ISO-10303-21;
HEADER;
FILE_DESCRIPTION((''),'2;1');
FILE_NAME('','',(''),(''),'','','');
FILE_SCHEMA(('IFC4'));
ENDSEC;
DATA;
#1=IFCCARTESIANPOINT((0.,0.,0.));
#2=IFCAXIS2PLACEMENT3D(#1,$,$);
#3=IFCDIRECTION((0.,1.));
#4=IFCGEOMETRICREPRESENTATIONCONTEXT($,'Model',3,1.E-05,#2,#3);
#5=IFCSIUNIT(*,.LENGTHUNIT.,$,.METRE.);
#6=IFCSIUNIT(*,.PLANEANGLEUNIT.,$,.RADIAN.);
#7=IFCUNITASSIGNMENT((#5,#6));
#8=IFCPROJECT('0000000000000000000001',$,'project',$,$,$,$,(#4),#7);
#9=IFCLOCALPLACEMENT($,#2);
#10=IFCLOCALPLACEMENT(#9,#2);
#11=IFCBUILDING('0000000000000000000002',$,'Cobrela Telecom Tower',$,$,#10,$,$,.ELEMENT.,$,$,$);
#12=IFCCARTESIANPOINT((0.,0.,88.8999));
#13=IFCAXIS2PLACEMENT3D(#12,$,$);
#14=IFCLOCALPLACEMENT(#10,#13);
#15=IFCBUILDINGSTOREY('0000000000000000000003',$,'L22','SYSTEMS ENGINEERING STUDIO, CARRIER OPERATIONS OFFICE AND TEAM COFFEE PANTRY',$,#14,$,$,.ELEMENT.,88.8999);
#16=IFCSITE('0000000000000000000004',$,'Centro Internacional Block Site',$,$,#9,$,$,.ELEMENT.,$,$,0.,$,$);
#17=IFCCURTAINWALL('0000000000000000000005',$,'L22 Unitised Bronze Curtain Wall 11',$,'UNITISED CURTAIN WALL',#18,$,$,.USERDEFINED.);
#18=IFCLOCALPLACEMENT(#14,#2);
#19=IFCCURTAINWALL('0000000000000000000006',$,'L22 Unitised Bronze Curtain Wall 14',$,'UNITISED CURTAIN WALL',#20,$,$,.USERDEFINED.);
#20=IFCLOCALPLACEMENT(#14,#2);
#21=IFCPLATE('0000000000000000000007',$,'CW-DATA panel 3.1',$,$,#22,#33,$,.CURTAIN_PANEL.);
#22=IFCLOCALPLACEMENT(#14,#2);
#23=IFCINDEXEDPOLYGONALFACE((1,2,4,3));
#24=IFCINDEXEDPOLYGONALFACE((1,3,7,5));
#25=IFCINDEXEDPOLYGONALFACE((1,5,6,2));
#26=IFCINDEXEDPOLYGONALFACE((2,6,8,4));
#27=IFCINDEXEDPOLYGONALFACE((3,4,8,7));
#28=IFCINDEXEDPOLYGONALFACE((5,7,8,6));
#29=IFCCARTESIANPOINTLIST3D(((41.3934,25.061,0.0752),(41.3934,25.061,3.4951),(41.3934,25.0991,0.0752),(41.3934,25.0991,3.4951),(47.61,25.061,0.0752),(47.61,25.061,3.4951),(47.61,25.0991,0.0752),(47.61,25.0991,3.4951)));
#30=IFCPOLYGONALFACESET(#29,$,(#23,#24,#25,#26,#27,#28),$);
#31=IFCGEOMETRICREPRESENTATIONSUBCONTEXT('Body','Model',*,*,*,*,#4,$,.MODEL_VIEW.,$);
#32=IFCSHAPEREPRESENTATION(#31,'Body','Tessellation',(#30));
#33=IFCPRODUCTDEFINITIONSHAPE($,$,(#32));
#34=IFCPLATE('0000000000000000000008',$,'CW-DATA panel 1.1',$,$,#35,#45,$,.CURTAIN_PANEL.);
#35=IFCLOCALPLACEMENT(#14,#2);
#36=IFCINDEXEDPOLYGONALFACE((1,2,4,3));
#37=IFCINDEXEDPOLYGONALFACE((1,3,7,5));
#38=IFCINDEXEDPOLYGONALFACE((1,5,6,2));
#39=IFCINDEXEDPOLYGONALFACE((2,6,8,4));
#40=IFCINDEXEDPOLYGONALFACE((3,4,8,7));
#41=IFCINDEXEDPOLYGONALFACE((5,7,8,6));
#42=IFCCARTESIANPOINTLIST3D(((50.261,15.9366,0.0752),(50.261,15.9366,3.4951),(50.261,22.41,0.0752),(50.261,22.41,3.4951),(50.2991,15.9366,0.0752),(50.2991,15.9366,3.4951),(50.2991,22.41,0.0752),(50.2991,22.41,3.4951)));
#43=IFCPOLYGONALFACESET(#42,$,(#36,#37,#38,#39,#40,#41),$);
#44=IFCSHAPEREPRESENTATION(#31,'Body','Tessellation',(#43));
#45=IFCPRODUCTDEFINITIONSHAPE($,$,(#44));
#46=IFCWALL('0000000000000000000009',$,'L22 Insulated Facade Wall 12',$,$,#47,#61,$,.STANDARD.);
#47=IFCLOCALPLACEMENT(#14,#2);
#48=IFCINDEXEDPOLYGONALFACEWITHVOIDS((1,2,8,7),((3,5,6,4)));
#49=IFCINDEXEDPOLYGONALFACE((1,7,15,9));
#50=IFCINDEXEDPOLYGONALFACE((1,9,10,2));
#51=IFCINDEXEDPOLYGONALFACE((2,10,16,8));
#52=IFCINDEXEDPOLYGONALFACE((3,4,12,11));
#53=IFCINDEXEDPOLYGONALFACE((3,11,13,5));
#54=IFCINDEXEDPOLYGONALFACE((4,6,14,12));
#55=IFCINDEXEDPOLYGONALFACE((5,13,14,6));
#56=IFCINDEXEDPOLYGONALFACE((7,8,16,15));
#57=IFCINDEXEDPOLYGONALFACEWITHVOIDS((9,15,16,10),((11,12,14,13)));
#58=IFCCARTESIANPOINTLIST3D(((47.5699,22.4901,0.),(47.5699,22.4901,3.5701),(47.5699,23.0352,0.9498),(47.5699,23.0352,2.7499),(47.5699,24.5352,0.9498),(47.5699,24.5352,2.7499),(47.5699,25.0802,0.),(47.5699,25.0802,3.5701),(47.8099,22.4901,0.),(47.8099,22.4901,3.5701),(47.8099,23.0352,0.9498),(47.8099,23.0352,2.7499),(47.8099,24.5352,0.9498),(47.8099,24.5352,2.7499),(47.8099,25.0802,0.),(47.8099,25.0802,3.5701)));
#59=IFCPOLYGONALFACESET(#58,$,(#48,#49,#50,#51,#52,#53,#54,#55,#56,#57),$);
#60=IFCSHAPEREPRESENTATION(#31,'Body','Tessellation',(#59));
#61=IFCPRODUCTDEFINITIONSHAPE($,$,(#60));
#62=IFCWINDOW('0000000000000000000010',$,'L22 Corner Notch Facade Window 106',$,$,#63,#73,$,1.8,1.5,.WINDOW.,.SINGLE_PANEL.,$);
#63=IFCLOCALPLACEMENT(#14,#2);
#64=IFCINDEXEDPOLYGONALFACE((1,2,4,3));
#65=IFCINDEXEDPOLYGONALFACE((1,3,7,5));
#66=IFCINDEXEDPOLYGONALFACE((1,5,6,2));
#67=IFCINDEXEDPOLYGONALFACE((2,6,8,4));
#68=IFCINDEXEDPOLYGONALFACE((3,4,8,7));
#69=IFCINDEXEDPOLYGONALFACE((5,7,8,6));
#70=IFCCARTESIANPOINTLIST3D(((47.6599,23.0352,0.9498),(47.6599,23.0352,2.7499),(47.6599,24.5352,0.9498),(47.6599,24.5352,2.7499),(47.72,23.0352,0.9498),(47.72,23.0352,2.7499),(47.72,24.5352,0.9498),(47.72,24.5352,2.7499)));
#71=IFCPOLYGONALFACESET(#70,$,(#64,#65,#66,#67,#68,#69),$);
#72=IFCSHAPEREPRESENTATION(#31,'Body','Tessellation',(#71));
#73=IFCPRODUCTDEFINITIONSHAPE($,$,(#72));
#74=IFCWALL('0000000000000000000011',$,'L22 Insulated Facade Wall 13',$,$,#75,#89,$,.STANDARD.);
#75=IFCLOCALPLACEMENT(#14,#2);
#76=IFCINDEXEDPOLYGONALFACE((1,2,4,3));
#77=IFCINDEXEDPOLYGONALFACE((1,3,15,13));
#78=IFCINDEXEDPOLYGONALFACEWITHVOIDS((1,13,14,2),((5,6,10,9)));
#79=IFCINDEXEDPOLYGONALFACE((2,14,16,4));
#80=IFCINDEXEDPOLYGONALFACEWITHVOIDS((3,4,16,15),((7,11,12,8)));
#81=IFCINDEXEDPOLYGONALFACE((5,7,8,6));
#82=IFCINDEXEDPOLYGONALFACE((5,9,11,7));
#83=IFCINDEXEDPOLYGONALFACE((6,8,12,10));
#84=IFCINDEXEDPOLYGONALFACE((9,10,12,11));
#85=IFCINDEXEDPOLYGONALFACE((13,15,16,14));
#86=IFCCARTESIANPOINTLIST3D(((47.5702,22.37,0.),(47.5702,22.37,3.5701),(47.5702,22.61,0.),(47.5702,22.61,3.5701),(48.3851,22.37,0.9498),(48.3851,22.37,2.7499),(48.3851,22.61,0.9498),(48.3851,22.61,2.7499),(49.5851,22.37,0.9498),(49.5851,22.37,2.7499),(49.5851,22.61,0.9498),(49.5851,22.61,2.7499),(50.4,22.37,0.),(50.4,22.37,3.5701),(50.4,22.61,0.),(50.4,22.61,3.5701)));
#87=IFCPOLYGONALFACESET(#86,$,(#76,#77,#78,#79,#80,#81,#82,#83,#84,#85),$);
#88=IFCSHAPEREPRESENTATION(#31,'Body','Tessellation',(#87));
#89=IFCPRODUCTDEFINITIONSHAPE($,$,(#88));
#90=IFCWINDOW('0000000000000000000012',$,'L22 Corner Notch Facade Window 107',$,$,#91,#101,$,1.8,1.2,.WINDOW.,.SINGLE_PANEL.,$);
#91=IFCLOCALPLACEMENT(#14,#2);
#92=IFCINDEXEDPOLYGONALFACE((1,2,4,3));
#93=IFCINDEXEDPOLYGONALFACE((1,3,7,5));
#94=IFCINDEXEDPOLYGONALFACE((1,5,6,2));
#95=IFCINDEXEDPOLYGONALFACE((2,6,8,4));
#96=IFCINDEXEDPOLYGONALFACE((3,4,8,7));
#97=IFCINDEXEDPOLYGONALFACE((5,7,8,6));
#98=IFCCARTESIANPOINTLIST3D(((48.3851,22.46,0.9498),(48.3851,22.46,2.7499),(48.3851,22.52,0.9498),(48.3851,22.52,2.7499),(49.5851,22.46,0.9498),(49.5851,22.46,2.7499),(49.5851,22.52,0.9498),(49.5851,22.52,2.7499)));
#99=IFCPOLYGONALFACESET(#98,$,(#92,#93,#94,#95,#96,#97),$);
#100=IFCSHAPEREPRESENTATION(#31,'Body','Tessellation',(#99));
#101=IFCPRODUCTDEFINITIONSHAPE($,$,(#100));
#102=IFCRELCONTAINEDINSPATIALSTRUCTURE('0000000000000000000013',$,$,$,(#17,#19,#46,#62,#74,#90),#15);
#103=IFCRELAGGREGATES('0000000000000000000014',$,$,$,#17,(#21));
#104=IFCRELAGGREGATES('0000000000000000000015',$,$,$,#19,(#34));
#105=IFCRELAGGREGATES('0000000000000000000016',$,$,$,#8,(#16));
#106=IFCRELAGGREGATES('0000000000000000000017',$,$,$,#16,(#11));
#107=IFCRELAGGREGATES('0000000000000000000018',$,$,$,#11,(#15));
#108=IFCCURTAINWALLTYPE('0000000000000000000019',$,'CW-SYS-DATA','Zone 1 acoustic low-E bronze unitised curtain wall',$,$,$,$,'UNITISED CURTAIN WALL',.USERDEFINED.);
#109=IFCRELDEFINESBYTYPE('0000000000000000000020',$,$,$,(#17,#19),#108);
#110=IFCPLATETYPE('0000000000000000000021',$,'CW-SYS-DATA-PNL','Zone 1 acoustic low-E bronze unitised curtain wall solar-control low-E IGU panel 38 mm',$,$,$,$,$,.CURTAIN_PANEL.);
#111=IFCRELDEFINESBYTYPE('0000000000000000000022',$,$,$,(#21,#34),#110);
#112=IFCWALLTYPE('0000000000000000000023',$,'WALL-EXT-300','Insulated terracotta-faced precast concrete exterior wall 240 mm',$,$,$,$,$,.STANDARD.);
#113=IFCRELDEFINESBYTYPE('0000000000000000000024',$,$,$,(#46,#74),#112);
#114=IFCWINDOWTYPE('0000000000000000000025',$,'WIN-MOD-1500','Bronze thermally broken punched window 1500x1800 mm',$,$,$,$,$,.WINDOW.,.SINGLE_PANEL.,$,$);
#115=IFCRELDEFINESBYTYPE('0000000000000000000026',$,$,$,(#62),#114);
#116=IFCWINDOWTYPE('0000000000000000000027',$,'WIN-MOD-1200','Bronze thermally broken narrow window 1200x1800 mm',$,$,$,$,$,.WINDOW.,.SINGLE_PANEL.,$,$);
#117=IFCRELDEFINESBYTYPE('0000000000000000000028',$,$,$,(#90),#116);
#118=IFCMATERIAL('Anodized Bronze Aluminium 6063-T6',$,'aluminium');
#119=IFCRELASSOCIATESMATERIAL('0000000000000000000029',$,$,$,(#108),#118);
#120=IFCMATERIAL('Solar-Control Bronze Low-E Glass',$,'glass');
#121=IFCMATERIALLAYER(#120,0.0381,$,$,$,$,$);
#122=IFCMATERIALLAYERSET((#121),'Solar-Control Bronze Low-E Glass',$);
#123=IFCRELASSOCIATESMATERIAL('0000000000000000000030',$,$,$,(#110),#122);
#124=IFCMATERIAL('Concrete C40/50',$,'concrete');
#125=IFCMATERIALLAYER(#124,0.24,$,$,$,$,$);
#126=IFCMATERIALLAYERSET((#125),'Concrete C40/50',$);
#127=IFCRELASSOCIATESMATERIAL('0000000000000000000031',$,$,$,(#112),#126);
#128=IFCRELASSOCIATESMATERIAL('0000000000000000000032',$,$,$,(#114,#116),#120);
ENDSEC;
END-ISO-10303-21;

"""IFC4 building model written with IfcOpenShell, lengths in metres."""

from ifc_helpers import new_model, si_unit, direction, frame, frame_2d, origin, origin_2d, place, context, subcontext, project, spatial, rectangle, extrude, material, layer, layer_set, type_object, element, fill, aggregate, save


model = new_model("IFC4")

# Units and contexts
model_context = context("Model", 3, precision=1e-05, world=origin(), true_north=direction((0.0, 1.0)))
body_context = subcontext(model_context, "Body", "Model", "MODEL_VIEW")
ifc_project = project(units=[si_unit("LENGTHUNIT", "METRE"), si_unit("PLANEANGLEUNIT", "RADIAN")], contexts=[model_context])

# Site, building, storey
site_placement = place(None, origin())
site = spatial("IfcSite", under=ifc_project, at=site_placement, Name="Centro Internacional Block Site", CompositionType="ELEMENT", RefElevation=0.0)
building_placement = place(site_placement, origin())
building = spatial("IfcBuilding", under=site, at=building_placement, Name="Cobrela Telecom Tower", CompositionType="ELEMENT")
storey_placement = place(building_placement, frame((0.0, 0.0, 88.8999)))
storey = spatial("IfcBuildingStorey", under=building, at=storey_placement, Name="L22", Description="SYSTEMS ENGINEERING STUDIO, CARRIER OPERATIONS OFFICE AND TEAM COFFEE PANTRY", CompositionType="ELEMENT", Elevation=88.8999)

# Curtain wall
ifc_material_1 = material(Name="Anodized Bronze Aluminium 6063-T6", Category="aluminium")
curtain_wall_type = type_object("IfcCurtainWallType", Name="CW-SYS-DATA", Description="Zone 1 acoustic low-E bronze unitised curtain wall", ElementType="UNITISED CURTAIN WALL", PredefinedType="USERDEFINED", material=ifc_material_1)
curtain_wall_1_placement = place(storey_placement, origin())
curtain_wall_1 = element("IfcCurtainWall", 1, at=curtain_wall_1_placement, inside=storey, type_object=curtain_wall_type, Name="L22 Unitised Bronze Curtain Wall 11", ObjectType="UNITISED CURTAIN WALL", PredefinedType="USERDEFINED")

# Curtain wall
curtain_wall_2_placement = place(storey_placement, origin())
curtain_wall_2 = element("IfcCurtainWall", 2, at=curtain_wall_2_placement, inside=storey, type_object=curtain_wall_type, Name="L22 Unitised Bronze Curtain Wall 14", ObjectType="UNITISED CURTAIN WALL", PredefinedType="USERDEFINED")

# Plates
ifc_material_2 = material(Name="Solar-Control Bronze Low-E Glass", Category="glass")
ifc_layer_1 = layer(ifc_material_2, 0.0381)
ifc_layer_set_1 = layer_set([ifc_layer_1], Name="Solar-Control Bronze Low-E Glass")
plate_type = type_object("IfcPlateType", Name="CW-SYS-DATA-PNL", Description="Zone 1 acoustic low-E bronze unitised curtain wall solar-control low-E IGU panel 38 mm", PredefinedType="CURTAIN_PANEL", material=ifc_layer_set_1)
plate_1_placement = place(storey_placement, frame((44.5017, 25.0801, 0.0752), z_axis=(0.0, 0.0, 1.0), x_axis=(1.0, 0.0, 0.0)))
plate_1 = element("IfcPlate", 3, at=plate_1_placement, type_object=plate_type, Name="CW-DATA panel 3.1", PredefinedType="CURTAIN_PANEL", context=body_context, shape_type="SweptSolid", body=[
    extrude(rectangle(XDim=6.2166, YDim=0.0381, at=origin_2d()), origin(), (0.0, 0.0, 1.0), 3.4199),
])
aggregate(curtain_wall_1, [plate_1])
plate_2_placement = place(storey_placement, frame((50.28, 19.1733, 0.0752), z_axis=(0.0, 0.0, 1.0), x_axis=(0.0, -1.0, 0.0)))
plate_2 = element("IfcPlate", 4, at=plate_2_placement, type_object=plate_type, Name="CW-DATA panel 1.1", PredefinedType="CURTAIN_PANEL", context=body_context, shape_type="SweptSolid", body=[
    extrude(rectangle(XDim=6.4734, YDim=0.0381, at=origin_2d()), origin(), (0.0, 0.0, 1.0), 3.4199),
])
aggregate(curtain_wall_2, [plate_2])

# Walls, openings, windows
ifc_material_3 = material(Name="Concrete C40/50", Category="concrete")
ifc_layer_2 = layer(ifc_material_3, 0.24)
ifc_layer_set_2 = layer_set([ifc_layer_2], Name="Concrete C40/50")
wall_type = type_object("IfcWallType", Name="WALL-EXT-300", Description="Insulated terracotta-faced precast concrete exterior wall 240 mm", PredefinedType="STANDARD", material=ifc_layer_set_2)
wall_1_placement = place(storey_placement, frame((47.6899, 25.0801, 0.0), z_axis=(0.0, 0.0, 1.0), x_axis=(0.0, -1.0, 0.0)))
wall_1 = element("IfcWall", 5, at=wall_1_placement, inside=storey, type_object=wall_type, Name="L22 Insulated Facade Wall 12", PredefinedType="STANDARD", context=body_context, shape_type="SweptSolid", body=[
    extrude(rectangle(XDim=2.5901, YDim=0.24, at=frame_2d((1.2949, 0.0))), origin(), (0.0, 0.0, 1.0), 3.5701),
])
opening_1_placement = place(wall_1_placement, frame((0.5449, 0.0, 0.95)))
opening_1 = element("IfcOpeningElement", 6, at=opening_1_placement, cuts=wall_1, PredefinedType="OPENING", context=body_context, shape_type="SweptSolid", body=[
    extrude(rectangle(XDim=1.5, YDim=1.8, at=frame_2d((0.75, 0.8999))), frame((0.0, 0.1318, 0.0), z_axis=(0.0, -1.0, 0.0), x_axis=(1.0, 0.0, 0.0)), (0.0, 0.0, 1.0), 0.2639),
])
window_type_1 = type_object("IfcWindowType", Name="WIN-MOD-1500", Description="Bronze thermally broken punched window 1500x1800 mm", PartitioningType="SINGLE_PANEL", PredefinedType="WINDOW", material=ifc_material_2)
window_1_placement = place(opening_1_placement, origin())
window_1 = element("IfcWindow", 7, at=window_1_placement, inside=storey, type_object=window_type_1, Name="L22 Corner Notch Facade Window 106", OverallHeight=1.8, OverallWidth=1.5, PartitioningType="SINGLE_PANEL", PredefinedType="WINDOW", context=body_context, shape_type="SweptSolid", body=[
    extrude(rectangle(XDim=1.5, YDim=1.8, at=frame_2d((0.75, 0.8999))), frame((0.0, 0.03, 0.0), z_axis=(0.0, -1.0, 0.0), x_axis=(1.0, 0.0, 0.0)), (0.0, 0.0, 1.0), 0.0601),
])
fill(opening_1, window_1)
wall_2_placement = place(storey_placement, frame((47.5701, 22.49, 0.0), z_axis=(0.0, 0.0, 1.0), x_axis=(1.0, 0.0, 0.0)))
wall_2 = element("IfcWall", 8, at=wall_2_placement, inside=storey, type_object=wall_type, Name="L22 Insulated Facade Wall 13", PredefinedType="STANDARD", context=body_context, shape_type="SweptSolid", body=[
    extrude(rectangle(XDim=2.8298, YDim=0.24, at=frame_2d((1.415, 0.0))), origin(), (0.0, 0.0, 1.0), 3.5701),
])
opening_2_placement = place(wall_2_placement, frame((0.8149, 0.0, 0.95)))
opening_2 = element("IfcOpeningElement", 9, at=opening_2_placement, cuts=wall_2, PredefinedType="OPENING", context=body_context, shape_type="SweptSolid", body=[
    extrude(rectangle(XDim=1.2, YDim=1.8, at=frame_2d((0.6001, 0.8999))), frame((0.0, 0.1318, 0.0), z_axis=(0.0, -1.0, 0.0), x_axis=(1.0, 0.0, 0.0)), (0.0, 0.0, 1.0), 0.2639),
])
window_type_2 = type_object("IfcWindowType", Name="WIN-MOD-1200", Description="Bronze thermally broken narrow window 1200x1800 mm", PartitioningType="SINGLE_PANEL", PredefinedType="WINDOW", material=ifc_material_2)
window_2_placement = place(opening_2_placement, origin())
window_2 = element("IfcWindow", 10, at=window_2_placement, inside=storey, type_object=window_type_2, Name="L22 Corner Notch Facade Window 107", OverallHeight=1.8, OverallWidth=1.2, PartitioningType="SINGLE_PANEL", PredefinedType="WINDOW", context=body_context, shape_type="SweptSolid", body=[
    extrude(rectangle(XDim=1.2, YDim=1.8, at=frame_2d((0.6001, 0.8999))), frame((0.0, 0.03, 0.0), z_axis=(0.0, -1.0, 0.0), x_axis=(1.0, 0.0, 0.0)), (0.0, 0.0, 1.0), 0.0601),
])
fill(opening_2, window_2)

save(model, "model.ifc")
